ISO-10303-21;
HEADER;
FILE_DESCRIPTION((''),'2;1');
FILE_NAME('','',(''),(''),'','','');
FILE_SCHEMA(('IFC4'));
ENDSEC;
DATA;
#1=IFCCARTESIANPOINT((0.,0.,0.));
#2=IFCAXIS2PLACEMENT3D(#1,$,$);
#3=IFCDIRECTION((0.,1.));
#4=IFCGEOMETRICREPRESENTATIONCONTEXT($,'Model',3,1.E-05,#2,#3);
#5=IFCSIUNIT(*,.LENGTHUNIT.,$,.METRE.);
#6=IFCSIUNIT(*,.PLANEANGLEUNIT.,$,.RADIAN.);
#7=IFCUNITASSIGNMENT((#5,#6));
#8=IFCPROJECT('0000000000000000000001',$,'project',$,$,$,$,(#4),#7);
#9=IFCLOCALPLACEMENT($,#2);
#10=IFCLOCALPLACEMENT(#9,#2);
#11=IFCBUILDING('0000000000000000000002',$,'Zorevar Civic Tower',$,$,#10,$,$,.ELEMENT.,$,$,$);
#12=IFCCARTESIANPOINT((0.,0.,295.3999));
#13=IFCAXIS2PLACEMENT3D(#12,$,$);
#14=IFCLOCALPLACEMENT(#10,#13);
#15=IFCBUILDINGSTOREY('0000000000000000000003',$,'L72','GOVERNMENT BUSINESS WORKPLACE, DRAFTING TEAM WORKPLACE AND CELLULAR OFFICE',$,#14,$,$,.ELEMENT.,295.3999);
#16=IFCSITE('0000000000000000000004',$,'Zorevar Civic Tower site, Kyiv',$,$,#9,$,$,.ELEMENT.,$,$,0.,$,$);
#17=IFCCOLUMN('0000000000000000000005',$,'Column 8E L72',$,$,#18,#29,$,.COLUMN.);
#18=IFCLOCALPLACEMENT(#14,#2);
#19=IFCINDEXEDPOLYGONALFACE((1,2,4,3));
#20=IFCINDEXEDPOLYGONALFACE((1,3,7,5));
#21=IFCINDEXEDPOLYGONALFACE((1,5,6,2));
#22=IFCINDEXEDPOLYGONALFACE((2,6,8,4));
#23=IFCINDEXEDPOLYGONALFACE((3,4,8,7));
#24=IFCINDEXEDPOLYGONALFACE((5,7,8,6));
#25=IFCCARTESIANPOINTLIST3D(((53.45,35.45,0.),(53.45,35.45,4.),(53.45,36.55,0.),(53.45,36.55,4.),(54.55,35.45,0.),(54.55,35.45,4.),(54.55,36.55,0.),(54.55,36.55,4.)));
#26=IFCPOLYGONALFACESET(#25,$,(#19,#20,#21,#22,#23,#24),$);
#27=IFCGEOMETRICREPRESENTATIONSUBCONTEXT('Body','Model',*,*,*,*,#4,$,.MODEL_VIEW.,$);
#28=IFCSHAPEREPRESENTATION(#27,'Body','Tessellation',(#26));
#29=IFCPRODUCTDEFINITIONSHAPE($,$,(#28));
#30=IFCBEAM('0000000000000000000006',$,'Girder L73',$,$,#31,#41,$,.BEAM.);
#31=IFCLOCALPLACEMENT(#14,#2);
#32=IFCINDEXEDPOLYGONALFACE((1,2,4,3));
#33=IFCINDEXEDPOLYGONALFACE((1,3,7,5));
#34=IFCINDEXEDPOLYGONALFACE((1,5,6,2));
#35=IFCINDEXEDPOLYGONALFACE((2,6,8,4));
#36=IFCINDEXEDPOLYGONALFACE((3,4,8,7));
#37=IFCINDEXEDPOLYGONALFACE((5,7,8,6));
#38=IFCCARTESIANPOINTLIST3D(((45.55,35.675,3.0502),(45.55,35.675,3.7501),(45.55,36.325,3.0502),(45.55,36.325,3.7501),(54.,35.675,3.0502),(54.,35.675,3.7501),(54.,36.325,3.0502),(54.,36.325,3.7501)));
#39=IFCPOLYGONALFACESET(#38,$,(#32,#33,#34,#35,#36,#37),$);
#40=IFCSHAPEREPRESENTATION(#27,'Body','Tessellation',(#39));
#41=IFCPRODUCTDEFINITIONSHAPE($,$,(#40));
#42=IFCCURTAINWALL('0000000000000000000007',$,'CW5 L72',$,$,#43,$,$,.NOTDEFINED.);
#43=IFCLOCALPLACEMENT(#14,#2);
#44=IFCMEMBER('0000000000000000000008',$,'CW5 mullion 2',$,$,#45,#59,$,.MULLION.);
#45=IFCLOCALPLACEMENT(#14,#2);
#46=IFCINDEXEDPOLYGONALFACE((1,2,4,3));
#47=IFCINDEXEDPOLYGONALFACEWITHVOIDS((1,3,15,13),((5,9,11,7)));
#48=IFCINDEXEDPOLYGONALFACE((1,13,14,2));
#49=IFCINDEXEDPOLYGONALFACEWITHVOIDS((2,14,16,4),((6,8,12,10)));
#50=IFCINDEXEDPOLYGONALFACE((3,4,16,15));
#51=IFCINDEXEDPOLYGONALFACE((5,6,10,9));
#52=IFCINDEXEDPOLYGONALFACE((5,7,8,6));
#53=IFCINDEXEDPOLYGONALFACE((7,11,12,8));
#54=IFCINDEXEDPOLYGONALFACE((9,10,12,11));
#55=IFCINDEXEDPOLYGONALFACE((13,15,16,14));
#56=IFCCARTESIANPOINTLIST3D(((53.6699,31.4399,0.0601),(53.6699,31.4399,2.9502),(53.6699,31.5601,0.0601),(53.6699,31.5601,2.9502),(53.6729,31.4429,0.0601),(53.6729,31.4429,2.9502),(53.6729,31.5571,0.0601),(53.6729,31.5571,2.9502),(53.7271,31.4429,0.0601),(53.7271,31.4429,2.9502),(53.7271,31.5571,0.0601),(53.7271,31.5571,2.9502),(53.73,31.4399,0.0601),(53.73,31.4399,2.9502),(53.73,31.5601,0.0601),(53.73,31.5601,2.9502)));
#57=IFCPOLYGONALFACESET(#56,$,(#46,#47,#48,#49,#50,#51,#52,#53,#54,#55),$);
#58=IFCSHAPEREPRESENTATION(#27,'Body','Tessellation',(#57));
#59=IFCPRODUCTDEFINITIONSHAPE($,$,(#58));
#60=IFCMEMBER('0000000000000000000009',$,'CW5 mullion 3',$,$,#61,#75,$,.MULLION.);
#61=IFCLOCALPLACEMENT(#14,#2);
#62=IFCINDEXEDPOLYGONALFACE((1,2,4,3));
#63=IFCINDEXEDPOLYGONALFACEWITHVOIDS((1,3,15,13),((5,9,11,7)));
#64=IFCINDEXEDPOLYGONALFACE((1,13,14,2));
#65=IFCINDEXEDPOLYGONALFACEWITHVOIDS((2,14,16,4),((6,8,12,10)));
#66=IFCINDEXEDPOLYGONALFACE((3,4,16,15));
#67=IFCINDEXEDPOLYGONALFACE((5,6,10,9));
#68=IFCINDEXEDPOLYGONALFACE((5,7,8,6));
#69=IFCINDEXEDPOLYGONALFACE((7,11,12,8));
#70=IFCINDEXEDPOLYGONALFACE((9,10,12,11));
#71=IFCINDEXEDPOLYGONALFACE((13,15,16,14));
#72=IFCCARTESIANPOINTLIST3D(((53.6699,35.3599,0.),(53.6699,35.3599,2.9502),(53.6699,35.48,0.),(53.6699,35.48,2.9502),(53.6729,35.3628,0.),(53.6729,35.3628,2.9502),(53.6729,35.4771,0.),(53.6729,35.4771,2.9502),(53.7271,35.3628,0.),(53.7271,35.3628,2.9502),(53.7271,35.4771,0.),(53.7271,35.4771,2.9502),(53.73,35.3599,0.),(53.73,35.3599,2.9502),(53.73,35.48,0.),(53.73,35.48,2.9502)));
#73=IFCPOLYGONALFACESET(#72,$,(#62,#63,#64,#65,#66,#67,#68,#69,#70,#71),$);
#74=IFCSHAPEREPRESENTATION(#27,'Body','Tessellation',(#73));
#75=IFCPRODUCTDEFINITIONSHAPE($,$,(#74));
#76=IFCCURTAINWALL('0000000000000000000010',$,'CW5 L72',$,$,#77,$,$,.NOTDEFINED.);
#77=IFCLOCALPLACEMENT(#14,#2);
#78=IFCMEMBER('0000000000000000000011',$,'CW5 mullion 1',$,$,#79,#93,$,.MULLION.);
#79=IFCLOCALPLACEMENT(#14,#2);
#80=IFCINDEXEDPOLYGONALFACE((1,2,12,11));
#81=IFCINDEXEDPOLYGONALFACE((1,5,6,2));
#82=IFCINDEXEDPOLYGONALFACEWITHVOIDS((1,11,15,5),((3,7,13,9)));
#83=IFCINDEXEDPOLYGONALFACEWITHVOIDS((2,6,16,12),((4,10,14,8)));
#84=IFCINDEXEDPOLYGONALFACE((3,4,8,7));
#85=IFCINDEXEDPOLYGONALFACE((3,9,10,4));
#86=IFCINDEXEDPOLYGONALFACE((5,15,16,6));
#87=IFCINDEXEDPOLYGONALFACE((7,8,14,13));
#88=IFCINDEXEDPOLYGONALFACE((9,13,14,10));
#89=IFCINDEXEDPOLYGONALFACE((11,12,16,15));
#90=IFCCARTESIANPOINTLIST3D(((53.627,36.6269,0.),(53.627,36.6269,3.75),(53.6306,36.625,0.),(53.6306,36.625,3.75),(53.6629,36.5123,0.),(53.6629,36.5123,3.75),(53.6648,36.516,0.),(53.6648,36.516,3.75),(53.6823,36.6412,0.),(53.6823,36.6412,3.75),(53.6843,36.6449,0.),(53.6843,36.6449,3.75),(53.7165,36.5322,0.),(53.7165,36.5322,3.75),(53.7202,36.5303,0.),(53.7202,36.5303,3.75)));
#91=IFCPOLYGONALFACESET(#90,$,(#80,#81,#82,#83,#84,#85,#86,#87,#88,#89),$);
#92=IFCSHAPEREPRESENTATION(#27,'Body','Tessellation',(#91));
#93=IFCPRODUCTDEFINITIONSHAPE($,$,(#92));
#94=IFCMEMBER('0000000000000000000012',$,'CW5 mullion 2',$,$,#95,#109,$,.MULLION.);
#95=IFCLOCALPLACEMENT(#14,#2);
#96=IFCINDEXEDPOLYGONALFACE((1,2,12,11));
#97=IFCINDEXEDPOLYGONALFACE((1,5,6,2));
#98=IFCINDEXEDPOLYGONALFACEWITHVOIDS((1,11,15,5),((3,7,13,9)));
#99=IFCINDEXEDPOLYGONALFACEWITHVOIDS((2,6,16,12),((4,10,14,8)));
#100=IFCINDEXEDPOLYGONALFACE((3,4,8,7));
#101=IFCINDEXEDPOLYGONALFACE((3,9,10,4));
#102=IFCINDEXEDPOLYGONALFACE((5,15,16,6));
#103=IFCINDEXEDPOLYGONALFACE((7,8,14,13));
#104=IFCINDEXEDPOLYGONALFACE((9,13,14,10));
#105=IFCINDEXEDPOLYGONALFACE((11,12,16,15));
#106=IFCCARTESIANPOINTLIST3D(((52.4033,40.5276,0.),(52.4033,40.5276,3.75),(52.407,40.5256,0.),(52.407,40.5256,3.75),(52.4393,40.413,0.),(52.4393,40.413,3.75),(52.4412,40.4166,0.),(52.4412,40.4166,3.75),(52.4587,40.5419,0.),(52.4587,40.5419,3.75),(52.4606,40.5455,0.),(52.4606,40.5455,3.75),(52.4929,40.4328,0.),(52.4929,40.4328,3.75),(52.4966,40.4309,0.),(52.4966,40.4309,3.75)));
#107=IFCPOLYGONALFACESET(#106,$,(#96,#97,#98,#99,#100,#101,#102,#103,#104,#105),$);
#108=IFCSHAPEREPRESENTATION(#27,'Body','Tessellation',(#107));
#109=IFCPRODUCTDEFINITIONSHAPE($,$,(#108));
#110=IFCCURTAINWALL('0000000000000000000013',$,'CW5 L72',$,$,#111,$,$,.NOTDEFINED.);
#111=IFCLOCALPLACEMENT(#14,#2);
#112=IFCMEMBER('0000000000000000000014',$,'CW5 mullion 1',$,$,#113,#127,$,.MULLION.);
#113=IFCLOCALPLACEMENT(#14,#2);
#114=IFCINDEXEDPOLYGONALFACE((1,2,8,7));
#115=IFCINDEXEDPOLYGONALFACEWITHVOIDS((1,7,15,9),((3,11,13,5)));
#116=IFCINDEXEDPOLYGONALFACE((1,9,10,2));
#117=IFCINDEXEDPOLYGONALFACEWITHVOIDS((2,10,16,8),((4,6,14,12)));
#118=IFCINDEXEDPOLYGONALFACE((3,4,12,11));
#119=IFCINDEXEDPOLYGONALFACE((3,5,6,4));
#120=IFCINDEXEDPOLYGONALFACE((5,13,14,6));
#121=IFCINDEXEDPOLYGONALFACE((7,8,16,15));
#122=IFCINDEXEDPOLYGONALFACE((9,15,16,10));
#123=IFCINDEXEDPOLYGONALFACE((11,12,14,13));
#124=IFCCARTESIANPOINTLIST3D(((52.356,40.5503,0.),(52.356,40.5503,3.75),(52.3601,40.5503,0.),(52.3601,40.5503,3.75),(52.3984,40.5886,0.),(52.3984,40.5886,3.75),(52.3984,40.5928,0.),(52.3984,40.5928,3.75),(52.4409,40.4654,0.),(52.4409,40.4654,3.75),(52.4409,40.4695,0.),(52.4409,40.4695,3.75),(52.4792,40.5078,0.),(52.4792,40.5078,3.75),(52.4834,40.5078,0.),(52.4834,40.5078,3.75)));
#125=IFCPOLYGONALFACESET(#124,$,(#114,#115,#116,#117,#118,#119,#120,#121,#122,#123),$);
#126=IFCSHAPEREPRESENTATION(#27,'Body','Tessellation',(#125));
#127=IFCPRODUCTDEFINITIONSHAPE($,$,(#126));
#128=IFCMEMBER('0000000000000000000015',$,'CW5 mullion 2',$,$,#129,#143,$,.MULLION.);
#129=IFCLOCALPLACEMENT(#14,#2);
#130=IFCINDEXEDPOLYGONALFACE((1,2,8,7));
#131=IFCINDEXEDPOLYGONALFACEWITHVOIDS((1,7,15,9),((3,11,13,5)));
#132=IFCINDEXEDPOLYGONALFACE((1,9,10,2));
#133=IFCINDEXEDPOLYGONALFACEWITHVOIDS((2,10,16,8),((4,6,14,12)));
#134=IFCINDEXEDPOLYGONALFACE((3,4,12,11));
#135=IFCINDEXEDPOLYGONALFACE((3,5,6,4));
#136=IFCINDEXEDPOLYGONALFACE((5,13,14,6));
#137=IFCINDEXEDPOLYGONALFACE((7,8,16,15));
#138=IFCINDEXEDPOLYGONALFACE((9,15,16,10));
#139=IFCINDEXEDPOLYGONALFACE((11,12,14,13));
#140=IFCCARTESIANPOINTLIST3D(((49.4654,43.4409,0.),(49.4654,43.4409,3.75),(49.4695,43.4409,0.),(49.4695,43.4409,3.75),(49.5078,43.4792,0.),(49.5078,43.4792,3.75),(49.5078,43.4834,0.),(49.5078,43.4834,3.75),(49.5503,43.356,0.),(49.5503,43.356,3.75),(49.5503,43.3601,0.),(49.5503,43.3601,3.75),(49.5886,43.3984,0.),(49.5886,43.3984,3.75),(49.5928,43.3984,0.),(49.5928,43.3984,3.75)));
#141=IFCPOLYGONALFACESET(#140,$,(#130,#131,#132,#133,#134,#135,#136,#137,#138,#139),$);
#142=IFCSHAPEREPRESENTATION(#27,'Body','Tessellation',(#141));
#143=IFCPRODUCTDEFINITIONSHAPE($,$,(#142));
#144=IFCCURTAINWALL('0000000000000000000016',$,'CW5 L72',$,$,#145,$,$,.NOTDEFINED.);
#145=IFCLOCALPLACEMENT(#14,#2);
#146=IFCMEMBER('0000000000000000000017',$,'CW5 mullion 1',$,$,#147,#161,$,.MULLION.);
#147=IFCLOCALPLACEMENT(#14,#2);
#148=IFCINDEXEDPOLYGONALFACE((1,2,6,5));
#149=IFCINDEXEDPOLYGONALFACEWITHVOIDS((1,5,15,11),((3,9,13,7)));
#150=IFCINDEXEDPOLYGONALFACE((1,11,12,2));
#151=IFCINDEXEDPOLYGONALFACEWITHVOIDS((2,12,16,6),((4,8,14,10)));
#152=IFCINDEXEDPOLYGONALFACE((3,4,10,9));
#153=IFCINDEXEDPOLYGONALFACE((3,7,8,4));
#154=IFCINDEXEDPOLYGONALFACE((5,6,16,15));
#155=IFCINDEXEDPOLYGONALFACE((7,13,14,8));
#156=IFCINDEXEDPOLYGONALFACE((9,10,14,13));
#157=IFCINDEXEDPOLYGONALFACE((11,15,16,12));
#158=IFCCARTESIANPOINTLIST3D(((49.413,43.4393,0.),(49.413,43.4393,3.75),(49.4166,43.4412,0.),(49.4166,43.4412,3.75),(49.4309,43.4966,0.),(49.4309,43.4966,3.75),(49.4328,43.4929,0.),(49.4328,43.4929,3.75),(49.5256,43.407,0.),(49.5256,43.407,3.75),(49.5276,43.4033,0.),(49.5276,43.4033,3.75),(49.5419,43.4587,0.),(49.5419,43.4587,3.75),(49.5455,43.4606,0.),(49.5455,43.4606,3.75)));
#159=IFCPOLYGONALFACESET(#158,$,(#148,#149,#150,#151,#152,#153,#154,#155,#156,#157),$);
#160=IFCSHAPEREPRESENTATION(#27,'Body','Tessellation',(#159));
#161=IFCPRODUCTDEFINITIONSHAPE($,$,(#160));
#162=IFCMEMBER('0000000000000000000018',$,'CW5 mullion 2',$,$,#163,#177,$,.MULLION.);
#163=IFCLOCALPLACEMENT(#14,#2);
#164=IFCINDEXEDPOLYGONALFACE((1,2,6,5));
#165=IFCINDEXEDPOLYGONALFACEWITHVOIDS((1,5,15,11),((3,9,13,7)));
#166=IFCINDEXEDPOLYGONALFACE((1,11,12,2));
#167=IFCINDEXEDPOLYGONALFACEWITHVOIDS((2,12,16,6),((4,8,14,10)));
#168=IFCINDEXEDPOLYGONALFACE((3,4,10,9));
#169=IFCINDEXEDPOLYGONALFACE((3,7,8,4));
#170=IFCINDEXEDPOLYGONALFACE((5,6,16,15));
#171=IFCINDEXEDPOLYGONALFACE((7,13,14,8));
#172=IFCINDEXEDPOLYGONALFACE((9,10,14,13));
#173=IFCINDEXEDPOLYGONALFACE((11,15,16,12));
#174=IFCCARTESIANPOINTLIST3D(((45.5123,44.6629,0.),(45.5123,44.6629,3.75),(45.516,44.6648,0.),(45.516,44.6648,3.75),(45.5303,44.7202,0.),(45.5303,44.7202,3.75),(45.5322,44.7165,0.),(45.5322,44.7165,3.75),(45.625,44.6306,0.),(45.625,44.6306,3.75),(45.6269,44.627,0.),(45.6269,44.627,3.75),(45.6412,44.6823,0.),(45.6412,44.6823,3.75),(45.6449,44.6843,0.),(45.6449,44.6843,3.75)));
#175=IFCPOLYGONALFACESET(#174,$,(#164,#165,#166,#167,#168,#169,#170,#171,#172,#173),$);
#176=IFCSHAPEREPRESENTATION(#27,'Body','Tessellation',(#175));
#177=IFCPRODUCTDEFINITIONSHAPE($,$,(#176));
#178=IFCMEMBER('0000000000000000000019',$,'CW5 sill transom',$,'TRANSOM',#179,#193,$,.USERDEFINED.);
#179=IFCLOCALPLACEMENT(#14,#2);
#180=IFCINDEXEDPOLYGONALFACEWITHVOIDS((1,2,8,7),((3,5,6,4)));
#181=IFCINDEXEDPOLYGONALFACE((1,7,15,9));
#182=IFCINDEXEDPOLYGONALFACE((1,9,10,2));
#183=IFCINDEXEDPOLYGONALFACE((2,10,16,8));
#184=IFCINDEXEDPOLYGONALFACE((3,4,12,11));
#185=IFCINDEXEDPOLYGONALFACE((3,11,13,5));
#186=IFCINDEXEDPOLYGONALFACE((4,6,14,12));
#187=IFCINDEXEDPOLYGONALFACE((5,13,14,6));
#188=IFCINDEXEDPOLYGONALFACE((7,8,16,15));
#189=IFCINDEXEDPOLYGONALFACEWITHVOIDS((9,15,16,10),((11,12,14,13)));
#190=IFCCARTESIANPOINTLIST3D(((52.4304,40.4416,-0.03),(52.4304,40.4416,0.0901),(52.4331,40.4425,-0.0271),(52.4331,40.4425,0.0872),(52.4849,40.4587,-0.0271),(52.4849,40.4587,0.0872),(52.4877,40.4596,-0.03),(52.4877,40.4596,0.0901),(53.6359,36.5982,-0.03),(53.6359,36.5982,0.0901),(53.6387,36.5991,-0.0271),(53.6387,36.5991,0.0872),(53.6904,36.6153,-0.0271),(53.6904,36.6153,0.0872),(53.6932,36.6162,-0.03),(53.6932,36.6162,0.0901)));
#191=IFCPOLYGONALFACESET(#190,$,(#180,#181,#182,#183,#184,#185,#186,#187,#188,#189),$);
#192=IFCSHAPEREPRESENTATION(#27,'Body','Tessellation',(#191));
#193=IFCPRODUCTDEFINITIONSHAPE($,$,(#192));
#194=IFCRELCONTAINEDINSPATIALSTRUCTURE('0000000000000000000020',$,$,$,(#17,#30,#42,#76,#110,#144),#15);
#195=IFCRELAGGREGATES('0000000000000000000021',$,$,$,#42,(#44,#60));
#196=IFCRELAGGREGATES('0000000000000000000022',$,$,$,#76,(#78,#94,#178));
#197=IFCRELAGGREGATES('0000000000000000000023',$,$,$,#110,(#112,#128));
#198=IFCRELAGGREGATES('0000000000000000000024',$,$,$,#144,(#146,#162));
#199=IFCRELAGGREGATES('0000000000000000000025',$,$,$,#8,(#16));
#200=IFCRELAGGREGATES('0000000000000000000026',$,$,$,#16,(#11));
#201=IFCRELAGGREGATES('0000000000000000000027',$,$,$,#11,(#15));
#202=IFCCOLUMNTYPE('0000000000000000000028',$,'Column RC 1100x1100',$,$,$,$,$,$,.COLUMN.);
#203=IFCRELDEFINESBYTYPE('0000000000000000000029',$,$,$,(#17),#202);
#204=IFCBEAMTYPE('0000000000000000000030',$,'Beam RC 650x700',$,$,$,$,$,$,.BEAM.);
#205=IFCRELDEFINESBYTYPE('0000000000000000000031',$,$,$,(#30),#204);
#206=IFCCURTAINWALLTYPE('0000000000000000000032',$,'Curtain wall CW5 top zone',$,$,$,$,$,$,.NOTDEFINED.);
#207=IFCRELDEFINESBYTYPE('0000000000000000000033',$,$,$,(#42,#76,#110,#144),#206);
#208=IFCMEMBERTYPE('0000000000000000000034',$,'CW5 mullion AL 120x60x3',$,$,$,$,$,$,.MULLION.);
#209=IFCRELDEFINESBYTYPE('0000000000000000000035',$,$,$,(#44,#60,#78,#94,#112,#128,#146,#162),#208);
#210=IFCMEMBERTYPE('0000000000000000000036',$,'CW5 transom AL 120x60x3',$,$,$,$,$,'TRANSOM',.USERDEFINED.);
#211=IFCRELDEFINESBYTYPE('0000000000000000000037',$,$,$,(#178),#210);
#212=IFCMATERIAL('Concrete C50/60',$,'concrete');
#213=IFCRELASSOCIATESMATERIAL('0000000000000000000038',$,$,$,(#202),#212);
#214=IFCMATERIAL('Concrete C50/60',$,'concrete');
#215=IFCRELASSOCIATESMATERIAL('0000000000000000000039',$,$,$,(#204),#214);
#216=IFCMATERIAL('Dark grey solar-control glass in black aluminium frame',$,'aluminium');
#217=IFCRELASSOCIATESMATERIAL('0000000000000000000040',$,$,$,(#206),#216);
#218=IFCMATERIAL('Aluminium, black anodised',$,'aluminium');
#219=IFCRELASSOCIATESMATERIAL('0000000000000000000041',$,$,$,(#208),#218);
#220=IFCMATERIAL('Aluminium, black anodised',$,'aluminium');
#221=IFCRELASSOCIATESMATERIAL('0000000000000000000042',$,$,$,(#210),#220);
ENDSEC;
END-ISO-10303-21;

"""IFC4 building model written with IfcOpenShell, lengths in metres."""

from ifc_helpers import new_model, si_unit, direction, frame, origin, origin_2d, place, context, subcontext, project, spatial, rectangle, hollow_rectangle, extrude, material, material_profile, profile_set, type_object, element, aggregate, save


model = new_model("IFC4")

# Units and contexts
model_context = context("Model", 3, precision=1e-05, world=origin(), true_north=direction((0.0, 1.0)))
body_context = subcontext(model_context, "Body", "Model", "MODEL_VIEW")
ifc_project = project(units=[si_unit("LENGTHUNIT", "METRE"), si_unit("PLANEANGLEUNIT", "RADIAN")], contexts=[model_context])

# Site, building, storey
site_placement = place(None, origin())
site = spatial("IfcSite", under=ifc_project, at=site_placement, Name="Zorevar Civic Tower site, Kyiv", CompositionType="ELEMENT", RefElevation=0.0)
building_placement = place(site_placement, origin())
building = spatial("IfcBuilding", under=site, at=building_placement, Name="Zorevar Civic Tower", CompositionType="ELEMENT")
storey_placement = place(building_placement, frame((0.0, 0.0, 295.3999)))
storey = spatial("IfcBuildingStorey", under=building, at=storey_placement, Name="L72", Description="GOVERNMENT BUSINESS WORKPLACE, DRAFTING TEAM WORKPLACE AND CELLULAR OFFICE", CompositionType="ELEMENT", Elevation=295.3999)

# Column
ifc_material_1 = material(Name="Concrete C50/60", Category="concrete")
ifc_material_profile_1 = material_profile(ifc_material_1, rectangle(XDim=1.1001, YDim=1.1001, at=origin_2d()), Name="RC 1100x1100")
ifc_profile_set_1 = profile_set([ifc_material_profile_1], Name="Concrete C50/60")
column_type = type_object("IfcColumnType", Name="Column RC 1100x1100", PredefinedType="COLUMN", material=ifc_profile_set_1)
column_placement = place(storey_placement, frame((54.0, 36.0, 0.0), z_axis=(0.0, 0.0, 1.0), x_axis=(1.0, 0.0, 0.0)))
element("IfcColumn", 1, at=column_placement, inside=storey, type_object=column_type, Name="Column 8E L72", PredefinedType="COLUMN", context=body_context, shape_type="SweptSolid", body=[
    extrude(rectangle(XDim=1.1001, YDim=1.1001, at=origin_2d()), origin(), (0.0, 0.0, 1.0), 4.0),
])

# Beam
ifc_material_2 = material(Name="Concrete C50/60", Category="concrete")
ifc_material_profile_2 = material_profile(ifc_material_2, rectangle(XDim=0.6499, YDim=0.7, at=origin_2d()), Name="RC 650x700")
ifc_profile_set_2 = profile_set([ifc_material_profile_2], Name="Concrete C50/60")
beam_type_1 = type_object("IfcBeamType", Name="Beam RC 650x700", PredefinedType="BEAM", material=ifc_profile_set_2)
beam_1_placement = place(storey_placement, frame((45.55, 36.0, 3.4001), z_axis=(1.0, 0.0, 0.0), x_axis=(0.0, 1.0, 0.0)))
element("IfcBeam", 2, at=beam_1_placement, inside=storey, type_object=beam_type_1, Name="Girder L73", PredefinedType="BEAM", context=body_context, shape_type="SweptSolid", body=[
    extrude(rectangle(XDim=0.6499, YDim=0.7, at=origin_2d()), origin(), (0.0, 0.0, 1.0), 8.45),
])

# Curtain walls, members
ifc_material_3 = material(Name="Dark grey solar-control glass in black aluminium frame", Category="aluminium")
curtain_wall_type = type_object("IfcCurtainWallType", Name="Curtain wall CW5 top zone", PredefinedType="NOTDEFINED", material=ifc_material_3)
curtain_wall_1_placement = place(storey_placement, origin())
curtain_wall_1 = element("IfcCurtainWall", 3, at=curtain_wall_1_placement, inside=storey, type_object=curtain_wall_type, Name="CW5 L72", PredefinedType="NOTDEFINED")
ifc_material_4 = material(Name="Aluminium, black anodised", Category="aluminium")
ifc_material_profile_3 = material_profile(ifc_material_4, hollow_rectangle(XDim=0.0601, YDim=0.1201, WallThickness=0.0029, at=origin_2d()), Name="AL 120x60x3")
ifc_profile_set_3 = profile_set([ifc_material_profile_3], Name="Aluminium, black anodised")
member_type_1 = type_object("IfcMemberType", Name="CW5 mullion AL 120x60x3", PredefinedType="MULLION", material=ifc_profile_set_3)
member_1_placement = place(storey_placement, frame((53.7, 31.5, 0.0601), z_axis=(0.0, 0.0, 1.0), x_axis=(-1.0, 0.0, 0.0)))
member_1 = element("IfcMember", 4, at=member_1_placement, type_object=member_type_1, Name="CW5 mullion 2", PredefinedType="MULLION", context=body_context, shape_type="SweptSolid", body=[
    extrude(hollow_rectangle(XDim=0.0601, YDim=0.1201, WallThickness=0.0029, at=origin_2d()), origin(), (0.0, 0.0, 1.0), 2.8901),
])
member_2_placement = place(storey_placement, frame((53.7, 35.4199, 0.0), z_axis=(0.0, 0.0, 1.0), x_axis=(-1.0, 0.0, 0.0)))
member_2 = element("IfcMember", 5, at=member_2_placement, type_object=member_type_1, Name="CW5 mullion 3", PredefinedType="MULLION", context=body_context, shape_type="SweptSolid", body=[
    extrude(hollow_rectangle(XDim=0.0601, YDim=0.1201, WallThickness=0.0029, at=origin_2d()), origin(), (0.0, 0.0, 1.0), 2.9502),
])
curtain_wall_2_placement = place(storey_placement, origin())
curtain_wall_2 = element("IfcCurtainWall", 6, at=curtain_wall_2_placement, inside=storey, type_object=curtain_wall_type, Name="CW5 L72", PredefinedType="NOTDEFINED")
member_3_placement = place(storey_placement, frame((53.6736, 36.5786, 0.0), z_axis=(0.0, 0.0, 1.0), x_axis=(-0.954153, -0.299318, 0.0)))
member_3 = element("IfcMember", 7, at=member_3_placement, type_object=member_type_1, Name="CW5 mullion 1", PredefinedType="MULLION", context=body_context, shape_type="SweptSolid", body=[
    extrude(hollow_rectangle(XDim=0.0601, YDim=0.1201, WallThickness=0.0029, at=origin_2d()), origin(), (0.0, 0.0, 1.0), 3.75),
])
member_4_placement = place(storey_placement, frame((52.45, 40.4792, 0.0), z_axis=(0.0, 0.0, 1.0), x_axis=(-0.954153, -0.299318, 0.0)))
member_4 = element("IfcMember", 8, at=member_4_placement, type_object=member_type_1, Name="CW5 mullion 2", PredefinedType="MULLION", context=body_context, shape_type="SweptSolid", body=[
    extrude(hollow_rectangle(XDim=0.0601, YDim=0.1201, WallThickness=0.0029, at=origin_2d()), origin(), (0.0, 0.0, 1.0), 3.75),
])
curtain_wall_3_placement = place(storey_placement, origin())
curtain_wall_3 = element("IfcCurtainWall", 9, at=curtain_wall_3_placement, inside=storey, type_object=curtain_wall_type, Name="CW5 L72", PredefinedType="NOTDEFINED")
member_5_placement = place(storey_placement, frame((52.4197, 40.5291, 0.0), z_axis=(0.0, 0.0, 1.0), x_axis=(-0.707107, -0.707107, 0.0)))
member_5 = element("IfcMember", 10, at=member_5_placement, type_object=member_type_1, Name="CW5 mullion 1", PredefinedType="MULLION", context=body_context, shape_type="SweptSolid", body=[
    extrude(hollow_rectangle(XDim=0.0601, YDim=0.1201, WallThickness=0.0029, at=origin_2d()), origin(), (0.0, 0.0, 1.0), 3.75),
])
member_6_placement = place(storey_placement, frame((49.5291, 43.4197, 0.0), z_axis=(0.0, 0.0, 1.0), x_axis=(-0.707107, -0.707107, 0.0)))
member_6 = element("IfcMember", 11, at=member_6_placement, type_object=member_type_1, Name="CW5 mullion 2", PredefinedType="MULLION", context=body_context, shape_type="SweptSolid", body=[
    extrude(hollow_rectangle(XDim=0.0601, YDim=0.1201, WallThickness=0.0029, at=origin_2d()), origin(), (0.0, 0.0, 1.0), 3.75),
])
curtain_wall_4_placement = place(storey_placement, origin())
curtain_wall_4 = element("IfcCurtainWall", 12, at=curtain_wall_4_placement, inside=storey, type_object=curtain_wall_type, Name="CW5 L72", PredefinedType="NOTDEFINED")
member_7_placement = place(storey_placement, frame((49.4792, 43.45, 0.0), z_axis=(0.0, 0.0, 1.0), x_axis=(-0.299318, -0.954153, 0.0)))
member_7 = element("IfcMember", 13, at=member_7_placement, type_object=member_type_1, Name="CW5 mullion 1", PredefinedType="MULLION", context=body_context, shape_type="SweptSolid", body=[
    extrude(hollow_rectangle(XDim=0.0601, YDim=0.1201, WallThickness=0.0029, at=origin_2d()), origin(), (0.0, 0.0, 1.0), 3.75),
])
member_8_placement = place(storey_placement, frame((45.5786, 44.6736, 0.0), z_axis=(0.0, 0.0, 1.0), x_axis=(-0.299318, -0.954153, 0.0)))
member_8 = element("IfcMember", 14, at=member_8_placement, type_object=member_type_1, Name="CW5 mullion 2", PredefinedType="MULLION", context=body_context, shape_type="SweptSolid", body=[
    extrude(hollow_rectangle(XDim=0.0601, YDim=0.1201, WallThickness=0.0029, at=origin_2d()), origin(), (0.0, 0.0, 1.0), 3.75),
])

# Member
ifc_material_5 = material(Name="Aluminium, black anodised", Category="aluminium")
ifc_material_profile_4 = material_profile(ifc_material_5, hollow_rectangle(XDim=0.0601, YDim=0.1201, WallThickness=0.0029, at=origin_2d()), Name="AL 120x60x3")
ifc_profile_set_4 = profile_set([ifc_material_profile_4], Name="Aluminium, black anodised")
member_type_2 = type_object("IfcMemberType", Name="CW5 transom AL 120x60x3", ElementType="TRANSOM", PredefinedType="USERDEFINED", material=ifc_profile_set_4)
member_9_placement = place(storey_placement, frame((53.6646, 36.6072, 0.03), z_axis=(-0.299286, 0.954163, 0.0), x_axis=(-0.954163, -0.299286, 0.0)))
member_9 = element("IfcMember", 15, at=member_9_placement, type_object=member_type_2, Name="CW5 sill transom", ObjectType="TRANSOM", PredefinedType="USERDEFINED", context=body_context, shape_type="SweptSolid", body=[
    extrude(hollow_rectangle(XDim=0.0601, YDim=0.1201, WallThickness=0.0029, at=origin_2d()), origin(), (0.0, 0.0, 1.0), 4.0281),
])

aggregate(curtain_wall_1, [member_1, member_2])
aggregate(curtain_wall_2, [member_3, member_4, member_9])
aggregate(curtain_wall_3, [member_5, member_6])
aggregate(curtain_wall_4, [member_7, member_8])

save(model, "model.ifc")
